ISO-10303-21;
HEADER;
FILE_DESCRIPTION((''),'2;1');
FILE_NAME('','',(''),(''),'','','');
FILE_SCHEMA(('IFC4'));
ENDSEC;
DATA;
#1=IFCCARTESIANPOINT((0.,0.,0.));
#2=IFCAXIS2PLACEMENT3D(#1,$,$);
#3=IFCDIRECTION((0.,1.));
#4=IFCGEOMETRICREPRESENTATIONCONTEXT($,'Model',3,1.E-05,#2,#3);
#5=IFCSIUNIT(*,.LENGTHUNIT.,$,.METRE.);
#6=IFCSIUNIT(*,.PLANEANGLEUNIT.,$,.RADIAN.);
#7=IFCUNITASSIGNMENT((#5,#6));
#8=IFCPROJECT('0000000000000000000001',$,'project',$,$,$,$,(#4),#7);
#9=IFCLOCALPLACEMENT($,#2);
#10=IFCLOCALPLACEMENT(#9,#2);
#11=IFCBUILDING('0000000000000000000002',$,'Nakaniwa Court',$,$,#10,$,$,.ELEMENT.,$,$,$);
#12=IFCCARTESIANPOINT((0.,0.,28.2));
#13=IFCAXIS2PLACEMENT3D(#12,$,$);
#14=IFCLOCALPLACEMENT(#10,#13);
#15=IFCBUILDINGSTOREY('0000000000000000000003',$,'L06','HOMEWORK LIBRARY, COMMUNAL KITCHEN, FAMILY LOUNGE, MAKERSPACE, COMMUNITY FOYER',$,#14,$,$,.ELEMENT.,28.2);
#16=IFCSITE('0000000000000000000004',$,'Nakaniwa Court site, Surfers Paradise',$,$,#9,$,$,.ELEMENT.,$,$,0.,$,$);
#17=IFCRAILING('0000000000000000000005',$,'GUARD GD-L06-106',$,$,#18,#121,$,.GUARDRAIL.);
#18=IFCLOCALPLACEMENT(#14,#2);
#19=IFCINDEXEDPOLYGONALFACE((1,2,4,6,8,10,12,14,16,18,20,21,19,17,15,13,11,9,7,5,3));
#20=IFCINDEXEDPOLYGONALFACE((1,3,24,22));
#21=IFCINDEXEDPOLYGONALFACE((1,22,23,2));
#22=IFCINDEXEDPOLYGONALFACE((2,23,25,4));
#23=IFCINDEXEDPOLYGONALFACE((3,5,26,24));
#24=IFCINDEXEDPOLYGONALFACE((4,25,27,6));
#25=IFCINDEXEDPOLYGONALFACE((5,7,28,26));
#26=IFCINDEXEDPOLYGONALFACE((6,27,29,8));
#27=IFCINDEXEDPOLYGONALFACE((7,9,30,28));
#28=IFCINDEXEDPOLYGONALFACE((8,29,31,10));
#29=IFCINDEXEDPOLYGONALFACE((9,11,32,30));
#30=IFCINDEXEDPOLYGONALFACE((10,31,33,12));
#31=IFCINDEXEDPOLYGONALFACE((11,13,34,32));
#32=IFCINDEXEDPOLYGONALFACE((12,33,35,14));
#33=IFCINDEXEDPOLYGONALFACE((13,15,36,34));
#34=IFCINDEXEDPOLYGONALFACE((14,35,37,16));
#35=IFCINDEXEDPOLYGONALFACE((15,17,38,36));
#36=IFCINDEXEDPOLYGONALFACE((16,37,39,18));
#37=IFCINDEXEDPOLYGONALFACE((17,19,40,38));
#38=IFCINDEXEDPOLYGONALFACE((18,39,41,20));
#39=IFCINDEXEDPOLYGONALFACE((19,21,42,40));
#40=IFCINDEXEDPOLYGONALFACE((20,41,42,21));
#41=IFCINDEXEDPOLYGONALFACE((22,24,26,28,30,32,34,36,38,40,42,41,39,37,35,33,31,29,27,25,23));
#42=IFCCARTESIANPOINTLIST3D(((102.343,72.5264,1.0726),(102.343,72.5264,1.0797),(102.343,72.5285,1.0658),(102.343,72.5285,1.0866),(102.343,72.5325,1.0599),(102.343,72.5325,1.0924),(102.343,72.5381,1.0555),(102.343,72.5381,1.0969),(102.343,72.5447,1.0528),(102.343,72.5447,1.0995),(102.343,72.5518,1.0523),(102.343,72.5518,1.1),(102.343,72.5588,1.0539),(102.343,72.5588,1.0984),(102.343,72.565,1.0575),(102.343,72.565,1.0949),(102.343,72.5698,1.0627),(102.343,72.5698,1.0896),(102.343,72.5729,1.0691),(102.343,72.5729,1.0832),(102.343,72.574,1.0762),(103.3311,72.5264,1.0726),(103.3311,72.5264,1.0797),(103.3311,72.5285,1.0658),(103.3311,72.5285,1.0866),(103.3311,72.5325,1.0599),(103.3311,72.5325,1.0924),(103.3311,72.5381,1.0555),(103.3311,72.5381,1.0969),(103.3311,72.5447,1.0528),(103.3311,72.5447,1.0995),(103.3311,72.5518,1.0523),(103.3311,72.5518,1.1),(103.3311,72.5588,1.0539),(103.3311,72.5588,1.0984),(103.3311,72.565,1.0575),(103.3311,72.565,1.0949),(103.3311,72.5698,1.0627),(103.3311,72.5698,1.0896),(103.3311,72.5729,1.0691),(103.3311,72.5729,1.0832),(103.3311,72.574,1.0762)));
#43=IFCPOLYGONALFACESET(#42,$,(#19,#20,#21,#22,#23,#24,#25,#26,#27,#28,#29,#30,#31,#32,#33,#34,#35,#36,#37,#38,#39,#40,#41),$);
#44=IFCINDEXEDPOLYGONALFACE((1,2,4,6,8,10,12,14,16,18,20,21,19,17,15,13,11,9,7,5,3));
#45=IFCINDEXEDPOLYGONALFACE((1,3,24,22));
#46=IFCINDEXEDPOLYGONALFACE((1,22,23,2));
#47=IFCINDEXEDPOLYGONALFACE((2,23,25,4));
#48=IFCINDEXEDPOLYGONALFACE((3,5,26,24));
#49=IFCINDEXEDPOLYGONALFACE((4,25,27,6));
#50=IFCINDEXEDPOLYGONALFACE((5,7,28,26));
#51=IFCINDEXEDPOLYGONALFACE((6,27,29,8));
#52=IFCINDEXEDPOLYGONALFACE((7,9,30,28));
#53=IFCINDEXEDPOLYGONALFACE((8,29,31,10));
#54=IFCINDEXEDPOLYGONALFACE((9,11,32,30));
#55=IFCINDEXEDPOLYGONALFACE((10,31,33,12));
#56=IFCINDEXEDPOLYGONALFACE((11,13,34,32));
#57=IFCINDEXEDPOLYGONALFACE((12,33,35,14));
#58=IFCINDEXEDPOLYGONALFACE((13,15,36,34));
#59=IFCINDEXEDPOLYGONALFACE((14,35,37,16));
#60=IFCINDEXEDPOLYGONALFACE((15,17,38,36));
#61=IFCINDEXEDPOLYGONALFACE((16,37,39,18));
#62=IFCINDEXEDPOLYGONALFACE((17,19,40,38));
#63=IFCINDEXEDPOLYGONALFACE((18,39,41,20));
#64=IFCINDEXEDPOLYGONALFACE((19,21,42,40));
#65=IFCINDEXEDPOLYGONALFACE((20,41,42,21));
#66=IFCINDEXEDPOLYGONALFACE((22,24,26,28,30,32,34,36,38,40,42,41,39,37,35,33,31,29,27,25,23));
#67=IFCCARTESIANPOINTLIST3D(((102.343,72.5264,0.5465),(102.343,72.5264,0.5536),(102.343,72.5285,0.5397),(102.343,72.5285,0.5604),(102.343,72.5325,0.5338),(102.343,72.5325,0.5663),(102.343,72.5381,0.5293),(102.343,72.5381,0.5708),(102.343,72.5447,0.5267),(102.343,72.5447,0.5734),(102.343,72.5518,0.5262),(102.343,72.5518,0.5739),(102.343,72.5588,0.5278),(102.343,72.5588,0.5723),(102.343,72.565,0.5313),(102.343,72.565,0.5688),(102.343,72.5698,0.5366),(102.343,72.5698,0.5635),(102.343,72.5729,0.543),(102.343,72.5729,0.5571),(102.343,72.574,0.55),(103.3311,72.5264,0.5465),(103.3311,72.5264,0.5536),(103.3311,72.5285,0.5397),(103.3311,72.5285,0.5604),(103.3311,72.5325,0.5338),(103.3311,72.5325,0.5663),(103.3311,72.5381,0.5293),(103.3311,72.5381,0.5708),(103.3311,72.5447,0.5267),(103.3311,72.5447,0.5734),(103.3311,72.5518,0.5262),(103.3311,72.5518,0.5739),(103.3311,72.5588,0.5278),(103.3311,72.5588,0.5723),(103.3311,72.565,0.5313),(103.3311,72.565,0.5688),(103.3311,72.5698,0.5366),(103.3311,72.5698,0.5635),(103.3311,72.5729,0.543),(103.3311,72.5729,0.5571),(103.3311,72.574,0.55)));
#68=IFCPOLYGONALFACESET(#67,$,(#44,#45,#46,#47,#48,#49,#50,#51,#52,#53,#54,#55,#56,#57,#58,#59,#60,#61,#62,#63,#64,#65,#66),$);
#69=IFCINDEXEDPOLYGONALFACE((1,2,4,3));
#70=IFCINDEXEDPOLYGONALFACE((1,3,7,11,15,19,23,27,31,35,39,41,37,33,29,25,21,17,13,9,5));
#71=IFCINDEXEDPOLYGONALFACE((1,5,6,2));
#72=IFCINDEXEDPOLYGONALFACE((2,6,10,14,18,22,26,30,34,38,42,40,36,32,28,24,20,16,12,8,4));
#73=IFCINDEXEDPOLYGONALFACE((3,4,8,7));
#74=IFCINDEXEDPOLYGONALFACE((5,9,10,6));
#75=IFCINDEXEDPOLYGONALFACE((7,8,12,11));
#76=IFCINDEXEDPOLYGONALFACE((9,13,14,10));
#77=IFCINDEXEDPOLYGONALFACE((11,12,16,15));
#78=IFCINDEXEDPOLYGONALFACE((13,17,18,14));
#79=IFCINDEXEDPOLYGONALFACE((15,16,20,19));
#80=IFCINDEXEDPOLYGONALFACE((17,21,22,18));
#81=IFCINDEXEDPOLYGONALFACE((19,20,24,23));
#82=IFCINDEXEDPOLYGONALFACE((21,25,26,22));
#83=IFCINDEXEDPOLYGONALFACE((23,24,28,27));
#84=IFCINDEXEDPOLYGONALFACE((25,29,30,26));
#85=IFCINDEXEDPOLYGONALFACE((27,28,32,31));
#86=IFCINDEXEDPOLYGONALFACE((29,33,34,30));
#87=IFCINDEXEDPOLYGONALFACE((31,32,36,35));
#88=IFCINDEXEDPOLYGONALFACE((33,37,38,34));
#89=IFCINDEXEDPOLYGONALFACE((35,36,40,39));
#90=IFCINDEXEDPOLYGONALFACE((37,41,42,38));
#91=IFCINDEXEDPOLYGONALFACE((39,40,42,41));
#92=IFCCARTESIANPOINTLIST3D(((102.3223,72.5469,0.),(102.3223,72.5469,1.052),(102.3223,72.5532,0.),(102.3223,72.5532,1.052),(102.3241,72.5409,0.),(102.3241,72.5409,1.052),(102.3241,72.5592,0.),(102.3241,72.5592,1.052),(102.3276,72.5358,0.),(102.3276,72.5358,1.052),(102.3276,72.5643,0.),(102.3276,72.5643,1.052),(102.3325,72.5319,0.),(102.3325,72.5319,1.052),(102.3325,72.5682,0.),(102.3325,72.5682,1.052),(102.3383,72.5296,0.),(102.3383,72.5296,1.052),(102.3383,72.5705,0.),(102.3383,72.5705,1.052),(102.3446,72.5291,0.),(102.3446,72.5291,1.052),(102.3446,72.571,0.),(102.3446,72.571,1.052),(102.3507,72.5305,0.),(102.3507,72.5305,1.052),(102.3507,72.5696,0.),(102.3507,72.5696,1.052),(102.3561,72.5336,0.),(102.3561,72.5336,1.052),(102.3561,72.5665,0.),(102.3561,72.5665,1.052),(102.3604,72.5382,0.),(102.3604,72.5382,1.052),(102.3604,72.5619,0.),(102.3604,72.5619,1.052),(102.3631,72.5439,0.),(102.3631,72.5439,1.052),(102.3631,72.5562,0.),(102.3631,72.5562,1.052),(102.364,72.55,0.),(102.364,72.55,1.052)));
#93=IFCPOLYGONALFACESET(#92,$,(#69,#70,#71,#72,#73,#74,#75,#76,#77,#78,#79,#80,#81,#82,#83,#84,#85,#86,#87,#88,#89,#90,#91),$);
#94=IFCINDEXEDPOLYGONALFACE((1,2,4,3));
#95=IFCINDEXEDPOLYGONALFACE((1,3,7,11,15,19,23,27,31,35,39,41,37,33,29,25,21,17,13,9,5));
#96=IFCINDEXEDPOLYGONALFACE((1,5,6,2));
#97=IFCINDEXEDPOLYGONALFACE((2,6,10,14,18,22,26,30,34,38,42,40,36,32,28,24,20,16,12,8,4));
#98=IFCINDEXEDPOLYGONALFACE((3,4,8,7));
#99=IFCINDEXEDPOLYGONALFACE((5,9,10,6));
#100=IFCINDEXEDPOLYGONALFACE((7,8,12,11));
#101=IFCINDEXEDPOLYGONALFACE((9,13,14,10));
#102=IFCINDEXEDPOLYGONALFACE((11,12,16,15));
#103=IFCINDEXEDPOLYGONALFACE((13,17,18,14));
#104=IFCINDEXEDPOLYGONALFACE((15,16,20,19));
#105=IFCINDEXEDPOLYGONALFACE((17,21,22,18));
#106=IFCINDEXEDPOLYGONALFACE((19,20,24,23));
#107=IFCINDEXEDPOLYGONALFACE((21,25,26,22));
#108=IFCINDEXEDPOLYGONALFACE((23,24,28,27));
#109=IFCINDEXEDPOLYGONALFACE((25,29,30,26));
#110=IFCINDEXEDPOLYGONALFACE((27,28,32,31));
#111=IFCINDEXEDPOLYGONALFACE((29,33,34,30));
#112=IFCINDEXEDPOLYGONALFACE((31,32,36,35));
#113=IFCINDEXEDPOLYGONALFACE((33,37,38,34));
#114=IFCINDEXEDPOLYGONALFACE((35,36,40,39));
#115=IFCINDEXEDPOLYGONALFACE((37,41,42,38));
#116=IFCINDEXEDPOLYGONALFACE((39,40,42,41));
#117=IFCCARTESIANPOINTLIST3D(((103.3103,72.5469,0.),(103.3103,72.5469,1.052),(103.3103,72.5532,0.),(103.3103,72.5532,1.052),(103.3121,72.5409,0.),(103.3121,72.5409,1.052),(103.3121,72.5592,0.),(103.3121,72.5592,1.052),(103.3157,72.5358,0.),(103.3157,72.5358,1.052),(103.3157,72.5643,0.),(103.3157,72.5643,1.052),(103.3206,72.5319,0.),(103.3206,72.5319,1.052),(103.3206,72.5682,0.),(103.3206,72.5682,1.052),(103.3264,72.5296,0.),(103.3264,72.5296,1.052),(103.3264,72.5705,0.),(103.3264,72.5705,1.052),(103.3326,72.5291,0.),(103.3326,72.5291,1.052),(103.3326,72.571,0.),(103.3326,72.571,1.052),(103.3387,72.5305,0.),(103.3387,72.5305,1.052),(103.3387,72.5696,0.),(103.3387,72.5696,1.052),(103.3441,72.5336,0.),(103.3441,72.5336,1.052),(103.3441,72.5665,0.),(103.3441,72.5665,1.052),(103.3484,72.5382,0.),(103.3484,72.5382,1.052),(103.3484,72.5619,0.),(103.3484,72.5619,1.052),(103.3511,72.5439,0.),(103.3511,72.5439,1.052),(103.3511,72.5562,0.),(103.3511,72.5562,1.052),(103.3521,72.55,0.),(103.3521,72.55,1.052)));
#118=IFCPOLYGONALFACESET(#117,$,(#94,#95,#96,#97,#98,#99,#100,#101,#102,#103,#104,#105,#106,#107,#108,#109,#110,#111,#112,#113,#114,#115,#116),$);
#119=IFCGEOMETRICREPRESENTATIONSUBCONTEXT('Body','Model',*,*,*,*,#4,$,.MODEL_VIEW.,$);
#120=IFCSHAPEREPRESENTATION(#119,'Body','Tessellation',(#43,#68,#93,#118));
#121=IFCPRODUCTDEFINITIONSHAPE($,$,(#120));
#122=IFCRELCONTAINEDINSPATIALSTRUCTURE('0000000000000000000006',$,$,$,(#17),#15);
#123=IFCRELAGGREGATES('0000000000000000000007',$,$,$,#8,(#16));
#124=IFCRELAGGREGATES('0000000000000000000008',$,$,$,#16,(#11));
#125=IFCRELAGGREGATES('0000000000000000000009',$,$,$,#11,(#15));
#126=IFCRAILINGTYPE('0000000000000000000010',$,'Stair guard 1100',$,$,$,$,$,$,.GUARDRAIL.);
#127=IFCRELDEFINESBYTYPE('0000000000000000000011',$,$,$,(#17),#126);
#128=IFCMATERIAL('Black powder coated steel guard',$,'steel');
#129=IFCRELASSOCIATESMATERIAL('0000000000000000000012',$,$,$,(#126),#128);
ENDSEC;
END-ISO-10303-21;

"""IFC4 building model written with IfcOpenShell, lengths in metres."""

from ifc_helpers import new_model, si_unit, direction, frame, origin, origin_2d, place, context, subcontext, project, spatial, circle, extrude, material, type_object, element, save


model = new_model("IFC4")

# Units and contexts
model_context = context("Model", 3, precision=1e-05, world=origin(), true_north=direction((0.0, 1.0)))
body_context = subcontext(model_context, "Body", "Model", "MODEL_VIEW")
ifc_project = project(units=[si_unit("LENGTHUNIT", "METRE"), si_unit("PLANEANGLEUNIT", "RADIAN")], contexts=[model_context])

# Site, building, storey
site_placement = place(None, origin())
site = spatial("IfcSite", under=ifc_project, at=site_placement, Name="Nakaniwa Court site, Surfers Paradise", CompositionType="ELEMENT", RefElevation=0.0)
building_placement = place(site_placement, origin())
building = spatial("IfcBuilding", under=site, at=building_placement, Name="Nakaniwa Court", CompositionType="ELEMENT")
storey_placement = place(building_placement, frame((0.0, 0.0, 28.2)))
storey = spatial("IfcBuildingStorey", under=building, at=storey_placement, Name="L06", Description="HOMEWORK LIBRARY, COMMUNAL KITCHEN, FAMILY LOUNGE, MAKERSPACE, COMMUNITY FOYER", CompositionType="ELEMENT", Elevation=28.2)

# Railing
ifc_material_1 = material(Name="Black powder coated steel guard", Category="steel")
railing_type_1 = type_object("IfcRailingType", Name="Stair guard 1100", PredefinedType="GUARDRAIL", material=ifc_material_1)
railing_1_placement = place(storey_placement, frame((102.343, 72.55, 0.0)))
element("IfcRailing", 1, at=railing_1_placement, inside=storey, type_object=railing_type_1, Name="GUARD GD-L06-106", PredefinedType="GUARDRAIL", context=body_context, shape_type="SweptSolid", body=[
    extrude(circle(Radius=0.0239, at=origin_2d()), frame((0.0, 0.0, 1.0762), z_axis=(1.0, 0.0, 0.0), x_axis=(0.0, 1.0, 0.0)), (0.0, 0.0, 1.0), 0.988),
    extrude(circle(Radius=0.0239, at=origin_2d()), frame((0.0, 0.0, 0.55), z_axis=(1.0, 0.0, 0.0), x_axis=(0.0, 1.0, 0.0)), (0.0, 0.0, 1.0), 0.988),
    extrude(circle(Radius=0.021, at=origin_2d()), origin(), (0.0, 0.0, 1.0), 1.052),
    extrude(circle(Radius=0.021, at=origin_2d()), frame((0.988, 0.0, 0.0)), (0.0, 0.0, 1.0), 1.052),
])

save(model, "model.ifc")
